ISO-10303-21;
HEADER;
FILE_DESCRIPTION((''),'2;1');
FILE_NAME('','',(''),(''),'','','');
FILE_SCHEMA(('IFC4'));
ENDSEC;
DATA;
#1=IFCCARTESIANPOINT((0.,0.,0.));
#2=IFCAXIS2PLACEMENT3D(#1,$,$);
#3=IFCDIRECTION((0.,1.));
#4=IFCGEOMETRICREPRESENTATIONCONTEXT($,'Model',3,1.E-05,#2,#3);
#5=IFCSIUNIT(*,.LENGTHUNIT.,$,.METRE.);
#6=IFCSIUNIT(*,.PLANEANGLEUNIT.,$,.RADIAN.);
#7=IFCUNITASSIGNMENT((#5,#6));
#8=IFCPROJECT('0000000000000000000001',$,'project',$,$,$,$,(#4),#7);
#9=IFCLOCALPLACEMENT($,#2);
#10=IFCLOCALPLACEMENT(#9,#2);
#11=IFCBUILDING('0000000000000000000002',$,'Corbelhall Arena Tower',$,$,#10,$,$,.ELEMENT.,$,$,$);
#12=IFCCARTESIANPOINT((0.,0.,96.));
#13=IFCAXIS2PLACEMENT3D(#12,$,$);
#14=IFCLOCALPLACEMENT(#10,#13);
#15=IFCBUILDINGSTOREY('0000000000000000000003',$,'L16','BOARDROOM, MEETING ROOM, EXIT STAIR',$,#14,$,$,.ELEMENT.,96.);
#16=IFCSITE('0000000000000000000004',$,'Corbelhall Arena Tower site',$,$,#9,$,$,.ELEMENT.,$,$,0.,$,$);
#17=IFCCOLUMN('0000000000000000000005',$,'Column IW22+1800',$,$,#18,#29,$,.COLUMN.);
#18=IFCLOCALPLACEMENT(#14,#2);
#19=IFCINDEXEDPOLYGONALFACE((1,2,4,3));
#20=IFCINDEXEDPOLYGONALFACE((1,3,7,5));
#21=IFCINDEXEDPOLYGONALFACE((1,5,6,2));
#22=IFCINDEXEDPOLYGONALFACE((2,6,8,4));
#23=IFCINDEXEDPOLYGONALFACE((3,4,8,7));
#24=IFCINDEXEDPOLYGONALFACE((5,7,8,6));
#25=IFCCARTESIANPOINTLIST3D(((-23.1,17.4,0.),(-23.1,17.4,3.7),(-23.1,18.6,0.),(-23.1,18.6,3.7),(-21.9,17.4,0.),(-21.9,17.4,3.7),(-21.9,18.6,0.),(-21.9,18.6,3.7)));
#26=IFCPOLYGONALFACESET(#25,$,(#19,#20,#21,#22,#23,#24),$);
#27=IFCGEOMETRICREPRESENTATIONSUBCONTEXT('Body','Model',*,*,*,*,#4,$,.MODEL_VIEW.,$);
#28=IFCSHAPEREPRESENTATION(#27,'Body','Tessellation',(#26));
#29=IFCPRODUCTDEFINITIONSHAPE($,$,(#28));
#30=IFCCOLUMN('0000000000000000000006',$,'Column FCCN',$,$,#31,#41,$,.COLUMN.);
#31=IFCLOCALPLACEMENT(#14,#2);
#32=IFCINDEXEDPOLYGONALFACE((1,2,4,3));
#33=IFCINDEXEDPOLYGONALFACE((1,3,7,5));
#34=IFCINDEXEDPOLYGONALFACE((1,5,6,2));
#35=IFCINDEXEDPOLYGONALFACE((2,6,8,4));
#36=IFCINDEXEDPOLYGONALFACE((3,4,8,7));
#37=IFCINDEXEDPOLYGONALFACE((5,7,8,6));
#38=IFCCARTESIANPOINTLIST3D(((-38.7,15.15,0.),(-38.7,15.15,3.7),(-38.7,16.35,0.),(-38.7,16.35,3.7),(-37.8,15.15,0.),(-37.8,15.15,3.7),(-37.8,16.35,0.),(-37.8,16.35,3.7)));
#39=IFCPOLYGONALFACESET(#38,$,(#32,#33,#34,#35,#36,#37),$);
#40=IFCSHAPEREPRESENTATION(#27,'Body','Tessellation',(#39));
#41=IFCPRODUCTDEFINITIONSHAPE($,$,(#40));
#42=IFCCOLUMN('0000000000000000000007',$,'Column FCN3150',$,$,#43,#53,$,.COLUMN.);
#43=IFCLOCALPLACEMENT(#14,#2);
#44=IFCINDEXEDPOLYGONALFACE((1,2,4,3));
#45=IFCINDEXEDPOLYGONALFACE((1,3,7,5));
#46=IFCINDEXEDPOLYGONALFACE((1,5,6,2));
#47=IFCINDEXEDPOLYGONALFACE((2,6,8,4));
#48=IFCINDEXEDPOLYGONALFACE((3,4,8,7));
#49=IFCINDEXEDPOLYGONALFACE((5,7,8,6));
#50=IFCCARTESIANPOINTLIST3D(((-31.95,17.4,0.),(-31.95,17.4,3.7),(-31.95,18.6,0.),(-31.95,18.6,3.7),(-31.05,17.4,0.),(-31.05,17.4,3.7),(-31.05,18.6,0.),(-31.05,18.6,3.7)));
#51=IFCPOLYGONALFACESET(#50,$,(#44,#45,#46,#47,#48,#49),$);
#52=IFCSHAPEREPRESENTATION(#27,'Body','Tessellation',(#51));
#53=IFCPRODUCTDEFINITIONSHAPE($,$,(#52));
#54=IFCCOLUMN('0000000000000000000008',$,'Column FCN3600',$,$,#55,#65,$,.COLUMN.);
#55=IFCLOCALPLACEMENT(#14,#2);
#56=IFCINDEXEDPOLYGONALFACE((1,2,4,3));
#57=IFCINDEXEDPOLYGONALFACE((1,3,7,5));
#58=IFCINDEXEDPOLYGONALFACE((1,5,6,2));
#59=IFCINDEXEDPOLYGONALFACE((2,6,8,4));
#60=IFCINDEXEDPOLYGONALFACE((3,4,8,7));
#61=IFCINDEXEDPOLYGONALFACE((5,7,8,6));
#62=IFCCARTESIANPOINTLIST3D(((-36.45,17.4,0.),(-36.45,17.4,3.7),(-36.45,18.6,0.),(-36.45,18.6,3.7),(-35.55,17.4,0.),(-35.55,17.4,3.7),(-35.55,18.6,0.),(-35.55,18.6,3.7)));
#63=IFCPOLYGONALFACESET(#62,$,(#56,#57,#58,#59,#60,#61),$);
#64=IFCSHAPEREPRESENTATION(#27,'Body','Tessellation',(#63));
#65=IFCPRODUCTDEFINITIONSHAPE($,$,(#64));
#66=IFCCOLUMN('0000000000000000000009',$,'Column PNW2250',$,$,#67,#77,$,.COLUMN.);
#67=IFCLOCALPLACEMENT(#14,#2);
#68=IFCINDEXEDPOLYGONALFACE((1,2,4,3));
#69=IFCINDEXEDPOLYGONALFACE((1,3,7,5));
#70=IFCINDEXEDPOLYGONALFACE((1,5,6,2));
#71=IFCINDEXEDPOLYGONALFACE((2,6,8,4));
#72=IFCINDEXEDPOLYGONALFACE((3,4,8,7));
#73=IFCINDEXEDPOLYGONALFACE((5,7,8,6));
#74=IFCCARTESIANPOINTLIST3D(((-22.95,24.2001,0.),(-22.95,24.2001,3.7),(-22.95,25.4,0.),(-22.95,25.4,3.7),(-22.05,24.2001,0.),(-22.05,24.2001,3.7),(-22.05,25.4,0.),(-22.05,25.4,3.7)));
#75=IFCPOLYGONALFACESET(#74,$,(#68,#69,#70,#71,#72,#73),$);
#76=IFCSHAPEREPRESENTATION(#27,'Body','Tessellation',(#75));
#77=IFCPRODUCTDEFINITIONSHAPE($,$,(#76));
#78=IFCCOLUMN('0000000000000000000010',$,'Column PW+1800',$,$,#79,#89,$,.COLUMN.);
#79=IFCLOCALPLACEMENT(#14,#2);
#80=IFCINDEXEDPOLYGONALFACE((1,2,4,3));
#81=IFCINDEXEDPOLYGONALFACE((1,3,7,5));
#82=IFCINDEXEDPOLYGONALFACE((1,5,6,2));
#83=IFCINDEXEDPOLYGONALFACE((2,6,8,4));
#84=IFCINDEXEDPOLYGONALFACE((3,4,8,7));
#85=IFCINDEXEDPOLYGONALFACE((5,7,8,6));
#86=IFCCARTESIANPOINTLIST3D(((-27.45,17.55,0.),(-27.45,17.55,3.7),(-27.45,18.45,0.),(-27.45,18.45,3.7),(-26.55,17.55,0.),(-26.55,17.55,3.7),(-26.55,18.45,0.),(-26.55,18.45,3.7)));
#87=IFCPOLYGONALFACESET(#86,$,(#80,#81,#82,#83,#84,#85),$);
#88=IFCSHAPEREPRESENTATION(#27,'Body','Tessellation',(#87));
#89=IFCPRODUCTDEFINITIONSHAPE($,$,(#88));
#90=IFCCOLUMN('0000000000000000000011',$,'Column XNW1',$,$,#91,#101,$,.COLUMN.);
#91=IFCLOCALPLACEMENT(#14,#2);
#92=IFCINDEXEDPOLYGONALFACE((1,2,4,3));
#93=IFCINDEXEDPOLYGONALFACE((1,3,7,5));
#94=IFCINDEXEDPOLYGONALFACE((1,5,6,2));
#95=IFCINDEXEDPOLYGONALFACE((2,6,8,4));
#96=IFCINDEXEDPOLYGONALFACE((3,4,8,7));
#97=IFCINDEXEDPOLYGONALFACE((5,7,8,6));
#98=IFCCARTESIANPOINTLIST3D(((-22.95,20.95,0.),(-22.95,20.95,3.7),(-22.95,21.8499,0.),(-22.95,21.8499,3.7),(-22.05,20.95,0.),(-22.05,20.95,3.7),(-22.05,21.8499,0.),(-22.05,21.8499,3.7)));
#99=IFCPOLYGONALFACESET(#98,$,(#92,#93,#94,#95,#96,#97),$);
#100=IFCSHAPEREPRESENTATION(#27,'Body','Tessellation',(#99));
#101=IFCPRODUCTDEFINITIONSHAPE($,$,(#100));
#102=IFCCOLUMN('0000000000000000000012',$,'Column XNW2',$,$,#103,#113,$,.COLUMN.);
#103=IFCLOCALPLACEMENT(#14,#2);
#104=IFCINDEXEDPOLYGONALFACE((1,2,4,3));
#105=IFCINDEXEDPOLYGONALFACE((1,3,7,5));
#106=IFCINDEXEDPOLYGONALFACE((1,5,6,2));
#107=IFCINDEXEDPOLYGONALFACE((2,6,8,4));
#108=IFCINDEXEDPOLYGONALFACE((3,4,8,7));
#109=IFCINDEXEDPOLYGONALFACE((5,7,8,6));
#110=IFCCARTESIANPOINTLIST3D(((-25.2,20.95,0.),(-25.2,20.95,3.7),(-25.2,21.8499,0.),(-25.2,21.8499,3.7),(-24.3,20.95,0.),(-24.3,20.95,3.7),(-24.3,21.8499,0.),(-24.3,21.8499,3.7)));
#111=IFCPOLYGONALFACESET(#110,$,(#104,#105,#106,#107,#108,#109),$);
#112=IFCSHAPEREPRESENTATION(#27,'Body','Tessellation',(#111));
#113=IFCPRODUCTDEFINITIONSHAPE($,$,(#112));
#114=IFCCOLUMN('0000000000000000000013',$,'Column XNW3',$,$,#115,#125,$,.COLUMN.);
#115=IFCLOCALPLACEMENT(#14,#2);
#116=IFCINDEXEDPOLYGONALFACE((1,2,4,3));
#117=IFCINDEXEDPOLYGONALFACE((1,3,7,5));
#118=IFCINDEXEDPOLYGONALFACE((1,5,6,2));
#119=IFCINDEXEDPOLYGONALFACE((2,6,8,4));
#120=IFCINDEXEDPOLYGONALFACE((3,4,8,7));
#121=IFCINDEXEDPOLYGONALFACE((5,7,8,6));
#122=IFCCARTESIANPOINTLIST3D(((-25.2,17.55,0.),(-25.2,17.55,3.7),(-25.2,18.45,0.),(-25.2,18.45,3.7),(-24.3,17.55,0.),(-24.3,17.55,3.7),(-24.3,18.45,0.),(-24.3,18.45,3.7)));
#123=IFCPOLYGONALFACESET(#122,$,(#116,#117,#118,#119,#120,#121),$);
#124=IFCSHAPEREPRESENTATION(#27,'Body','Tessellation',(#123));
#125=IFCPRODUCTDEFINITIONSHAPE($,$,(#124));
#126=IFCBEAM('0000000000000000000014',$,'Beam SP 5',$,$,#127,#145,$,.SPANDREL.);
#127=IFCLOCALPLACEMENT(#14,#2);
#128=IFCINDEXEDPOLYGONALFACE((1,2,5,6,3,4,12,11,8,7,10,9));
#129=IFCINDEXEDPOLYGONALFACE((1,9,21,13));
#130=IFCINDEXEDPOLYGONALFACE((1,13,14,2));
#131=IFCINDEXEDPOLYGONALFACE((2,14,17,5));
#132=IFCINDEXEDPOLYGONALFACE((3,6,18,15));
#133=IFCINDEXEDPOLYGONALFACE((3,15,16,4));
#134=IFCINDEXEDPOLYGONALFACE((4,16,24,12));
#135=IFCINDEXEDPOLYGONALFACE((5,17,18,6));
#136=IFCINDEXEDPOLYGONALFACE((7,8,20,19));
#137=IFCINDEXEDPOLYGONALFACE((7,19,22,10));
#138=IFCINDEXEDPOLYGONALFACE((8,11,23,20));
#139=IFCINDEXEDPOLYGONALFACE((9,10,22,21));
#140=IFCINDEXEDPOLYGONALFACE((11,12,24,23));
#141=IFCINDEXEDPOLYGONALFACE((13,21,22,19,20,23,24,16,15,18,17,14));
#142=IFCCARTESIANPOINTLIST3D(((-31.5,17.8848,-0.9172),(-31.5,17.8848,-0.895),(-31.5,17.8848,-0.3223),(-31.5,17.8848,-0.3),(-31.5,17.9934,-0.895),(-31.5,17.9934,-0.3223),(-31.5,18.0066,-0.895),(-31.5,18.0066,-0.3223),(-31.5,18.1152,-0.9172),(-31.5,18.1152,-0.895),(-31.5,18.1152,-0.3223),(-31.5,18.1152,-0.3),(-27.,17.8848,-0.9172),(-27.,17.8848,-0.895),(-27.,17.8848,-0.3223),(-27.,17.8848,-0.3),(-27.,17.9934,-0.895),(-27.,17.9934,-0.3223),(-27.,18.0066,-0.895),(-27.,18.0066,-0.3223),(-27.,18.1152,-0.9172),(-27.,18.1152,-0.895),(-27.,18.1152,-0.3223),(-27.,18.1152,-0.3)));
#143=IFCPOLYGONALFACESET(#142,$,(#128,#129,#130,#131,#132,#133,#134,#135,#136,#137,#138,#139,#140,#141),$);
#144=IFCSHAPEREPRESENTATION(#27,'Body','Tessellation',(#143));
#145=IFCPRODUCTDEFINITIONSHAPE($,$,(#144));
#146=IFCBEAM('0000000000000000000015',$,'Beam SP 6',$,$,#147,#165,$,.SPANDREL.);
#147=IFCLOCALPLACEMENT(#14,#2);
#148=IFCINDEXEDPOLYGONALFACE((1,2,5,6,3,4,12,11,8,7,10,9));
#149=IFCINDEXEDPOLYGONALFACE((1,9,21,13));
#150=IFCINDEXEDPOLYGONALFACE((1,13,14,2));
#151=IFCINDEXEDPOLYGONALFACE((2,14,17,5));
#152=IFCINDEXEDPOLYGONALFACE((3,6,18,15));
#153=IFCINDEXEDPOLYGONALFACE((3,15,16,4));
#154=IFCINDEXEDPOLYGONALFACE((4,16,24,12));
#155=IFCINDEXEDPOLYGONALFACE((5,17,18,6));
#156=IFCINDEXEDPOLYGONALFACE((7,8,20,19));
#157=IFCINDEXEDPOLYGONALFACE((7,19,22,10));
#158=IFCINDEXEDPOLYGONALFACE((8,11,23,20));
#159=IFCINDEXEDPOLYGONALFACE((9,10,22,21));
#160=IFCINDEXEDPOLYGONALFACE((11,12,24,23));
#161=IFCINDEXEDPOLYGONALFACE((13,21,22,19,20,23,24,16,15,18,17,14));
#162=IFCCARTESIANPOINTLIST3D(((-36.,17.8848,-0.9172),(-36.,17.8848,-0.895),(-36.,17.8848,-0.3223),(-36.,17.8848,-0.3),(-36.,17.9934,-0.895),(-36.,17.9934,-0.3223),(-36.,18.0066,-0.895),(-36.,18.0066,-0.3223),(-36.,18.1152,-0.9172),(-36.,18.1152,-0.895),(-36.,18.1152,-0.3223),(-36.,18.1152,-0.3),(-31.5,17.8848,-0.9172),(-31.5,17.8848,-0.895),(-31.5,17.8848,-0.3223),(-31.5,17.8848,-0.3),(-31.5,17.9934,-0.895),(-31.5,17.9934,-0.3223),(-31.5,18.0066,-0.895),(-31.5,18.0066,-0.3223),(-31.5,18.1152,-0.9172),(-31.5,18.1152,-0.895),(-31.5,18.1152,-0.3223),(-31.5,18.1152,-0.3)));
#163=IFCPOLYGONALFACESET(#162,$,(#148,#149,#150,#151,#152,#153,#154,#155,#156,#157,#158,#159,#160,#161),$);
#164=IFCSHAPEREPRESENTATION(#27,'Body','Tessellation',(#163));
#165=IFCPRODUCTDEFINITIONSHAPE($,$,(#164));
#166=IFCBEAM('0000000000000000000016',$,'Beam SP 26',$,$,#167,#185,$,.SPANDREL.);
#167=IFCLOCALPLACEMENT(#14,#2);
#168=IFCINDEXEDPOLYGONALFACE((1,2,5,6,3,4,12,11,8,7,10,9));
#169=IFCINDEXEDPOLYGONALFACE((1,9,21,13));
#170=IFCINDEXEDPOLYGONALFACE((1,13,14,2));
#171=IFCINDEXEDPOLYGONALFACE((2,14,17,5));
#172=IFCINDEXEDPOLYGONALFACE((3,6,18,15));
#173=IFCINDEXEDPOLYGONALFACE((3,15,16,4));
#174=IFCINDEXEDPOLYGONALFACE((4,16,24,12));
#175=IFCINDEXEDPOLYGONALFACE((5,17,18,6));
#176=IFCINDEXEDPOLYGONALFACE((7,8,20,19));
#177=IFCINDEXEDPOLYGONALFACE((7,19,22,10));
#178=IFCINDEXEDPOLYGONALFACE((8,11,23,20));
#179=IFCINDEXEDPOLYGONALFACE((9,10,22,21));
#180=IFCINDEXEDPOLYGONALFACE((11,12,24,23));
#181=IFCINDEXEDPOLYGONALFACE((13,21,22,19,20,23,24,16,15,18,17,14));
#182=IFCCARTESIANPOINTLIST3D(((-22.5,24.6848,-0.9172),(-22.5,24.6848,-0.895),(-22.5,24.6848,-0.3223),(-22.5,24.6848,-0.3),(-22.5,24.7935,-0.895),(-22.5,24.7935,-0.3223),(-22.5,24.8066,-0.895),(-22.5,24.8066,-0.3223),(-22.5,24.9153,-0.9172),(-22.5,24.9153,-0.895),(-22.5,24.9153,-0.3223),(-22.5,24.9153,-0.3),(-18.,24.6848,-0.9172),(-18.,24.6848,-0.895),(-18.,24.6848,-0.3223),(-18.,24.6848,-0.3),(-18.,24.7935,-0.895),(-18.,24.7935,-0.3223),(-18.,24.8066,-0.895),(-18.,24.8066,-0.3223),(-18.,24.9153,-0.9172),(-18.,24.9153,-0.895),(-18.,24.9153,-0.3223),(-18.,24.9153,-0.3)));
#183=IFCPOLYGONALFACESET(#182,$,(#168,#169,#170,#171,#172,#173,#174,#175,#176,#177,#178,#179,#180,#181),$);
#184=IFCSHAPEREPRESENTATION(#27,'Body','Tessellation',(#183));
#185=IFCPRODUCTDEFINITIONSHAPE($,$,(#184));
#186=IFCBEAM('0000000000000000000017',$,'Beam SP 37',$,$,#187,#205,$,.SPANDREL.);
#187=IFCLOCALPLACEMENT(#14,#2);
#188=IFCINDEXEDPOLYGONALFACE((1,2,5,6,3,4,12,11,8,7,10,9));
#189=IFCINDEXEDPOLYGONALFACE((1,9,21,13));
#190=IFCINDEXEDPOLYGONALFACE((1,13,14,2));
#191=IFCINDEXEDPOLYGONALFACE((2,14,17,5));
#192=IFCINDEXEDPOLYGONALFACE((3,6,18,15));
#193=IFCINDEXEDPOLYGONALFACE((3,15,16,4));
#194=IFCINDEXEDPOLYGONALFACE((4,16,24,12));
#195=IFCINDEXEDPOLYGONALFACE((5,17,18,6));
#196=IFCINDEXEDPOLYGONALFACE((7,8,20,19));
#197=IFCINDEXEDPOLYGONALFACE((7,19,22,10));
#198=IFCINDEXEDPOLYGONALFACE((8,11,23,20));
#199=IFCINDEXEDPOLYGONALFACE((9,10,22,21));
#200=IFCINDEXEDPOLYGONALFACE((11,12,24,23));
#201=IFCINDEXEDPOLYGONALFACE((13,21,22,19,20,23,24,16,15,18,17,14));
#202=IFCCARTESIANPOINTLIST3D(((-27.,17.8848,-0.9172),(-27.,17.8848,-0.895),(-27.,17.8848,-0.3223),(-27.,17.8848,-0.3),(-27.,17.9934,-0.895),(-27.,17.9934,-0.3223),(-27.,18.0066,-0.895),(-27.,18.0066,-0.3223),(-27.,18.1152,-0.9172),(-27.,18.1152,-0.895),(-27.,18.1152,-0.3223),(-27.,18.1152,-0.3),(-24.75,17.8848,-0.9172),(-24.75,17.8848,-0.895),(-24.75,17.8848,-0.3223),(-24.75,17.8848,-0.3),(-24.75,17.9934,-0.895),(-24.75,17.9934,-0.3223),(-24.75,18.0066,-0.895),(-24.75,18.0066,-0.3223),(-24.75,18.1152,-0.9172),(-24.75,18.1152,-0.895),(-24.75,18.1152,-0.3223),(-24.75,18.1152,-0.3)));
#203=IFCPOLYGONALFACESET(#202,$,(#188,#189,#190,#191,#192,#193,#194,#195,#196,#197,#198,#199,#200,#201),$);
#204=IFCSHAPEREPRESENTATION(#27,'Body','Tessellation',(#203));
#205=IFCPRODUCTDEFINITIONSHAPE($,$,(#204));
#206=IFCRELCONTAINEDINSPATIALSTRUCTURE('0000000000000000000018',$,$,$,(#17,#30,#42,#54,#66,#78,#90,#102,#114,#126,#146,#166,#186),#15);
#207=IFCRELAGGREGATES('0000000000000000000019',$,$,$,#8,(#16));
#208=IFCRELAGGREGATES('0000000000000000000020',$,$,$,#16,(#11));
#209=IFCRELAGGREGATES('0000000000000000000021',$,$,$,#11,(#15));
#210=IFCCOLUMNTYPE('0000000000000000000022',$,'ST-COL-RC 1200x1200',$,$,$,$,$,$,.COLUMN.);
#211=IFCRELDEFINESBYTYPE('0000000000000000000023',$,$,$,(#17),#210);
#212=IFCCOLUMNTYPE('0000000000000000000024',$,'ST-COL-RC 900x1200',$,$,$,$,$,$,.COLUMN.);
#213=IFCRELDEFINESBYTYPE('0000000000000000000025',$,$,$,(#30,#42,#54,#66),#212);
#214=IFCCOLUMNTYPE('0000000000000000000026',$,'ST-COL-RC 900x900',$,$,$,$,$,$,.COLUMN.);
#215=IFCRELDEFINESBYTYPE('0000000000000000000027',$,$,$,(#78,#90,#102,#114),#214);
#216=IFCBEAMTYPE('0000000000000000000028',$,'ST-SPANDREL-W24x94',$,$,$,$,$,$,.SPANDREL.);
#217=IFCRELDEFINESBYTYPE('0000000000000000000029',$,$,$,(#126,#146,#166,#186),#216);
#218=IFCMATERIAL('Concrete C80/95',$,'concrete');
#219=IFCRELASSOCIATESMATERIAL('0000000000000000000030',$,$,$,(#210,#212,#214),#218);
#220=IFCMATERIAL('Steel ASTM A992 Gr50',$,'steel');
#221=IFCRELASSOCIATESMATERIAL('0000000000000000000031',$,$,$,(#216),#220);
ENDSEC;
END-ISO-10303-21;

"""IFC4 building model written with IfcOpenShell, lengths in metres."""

from ifc_helpers import new_model, si_unit, direction, frame, origin, origin_2d, place, context, subcontext, project, spatial, rectangle, i_section, extrude, material, material_profile, profile_set, type_object, element, save


model = new_model("IFC4")

# Units and contexts
model_context = context("Model", 3, precision=1e-05, world=origin(), true_north=direction((0.0, 1.0)))
body_context = subcontext(model_context, "Body", "Model", "MODEL_VIEW")
ifc_project = project(units=[si_unit("LENGTHUNIT", "METRE"), si_unit("PLANEANGLEUNIT", "RADIAN")], contexts=[model_context])

# Site, building, storey
site_placement = place(None, origin())
site = spatial("IfcSite", under=ifc_project, at=site_placement, Name="Corbelhall Arena Tower site", CompositionType="ELEMENT", RefElevation=0.0)
building_placement = place(site_placement, origin())
building = spatial("IfcBuilding", under=site, at=building_placement, Name="Corbelhall Arena Tower", CompositionType="ELEMENT")
storey_placement = place(building_placement, frame((0.0, 0.0, 96.0)))
storey = spatial("IfcBuildingStorey", under=building, at=storey_placement, Name="L16", Description="BOARDROOM, MEETING ROOM, EXIT STAIR", CompositionType="ELEMENT", Elevation=96.0)

# Columns
ifc_material_1 = material(Name="Concrete C80/95", Category="concrete")
ifc_material_profile_1 = material_profile(ifc_material_1, rectangle(XDim=1.2, YDim=1.2, at=origin_2d()))
ifc_profile_set_1 = profile_set([ifc_material_profile_1], Name="Concrete C80/95")
column_type_1 = type_object("IfcColumnType", Name="ST-COL-RC 1200x1200", PredefinedType="COLUMN", material=ifc_profile_set_1)
column_placement = place(storey_placement, frame((-22.5, 18.0, 0.0), z_axis=(0.0, 0.0, 1.0), x_axis=(1.0, 0.0, 0.0)))
element("IfcColumn", 1, at=column_placement, inside=storey, type_object=column_type_1, Name="Column IW22+1800", PredefinedType="COLUMN", context=body_context, shape_type="SweptSolid", body=[
    extrude(rectangle(XDim=1.2, YDim=1.2, at=origin_2d()), origin(), (0.0, 0.0, 1.0), 3.7),
])
ifc_material_profile_2 = material_profile(ifc_material_1, rectangle(XDim=0.8999, YDim=1.2, at=origin_2d()))
ifc_profile_set_2 = profile_set([ifc_material_profile_2], Name="Concrete C80/95")
column_type_2 = type_object("IfcColumnType", Name="ST-COL-RC 900x1200", PredefinedType="COLUMN", material=ifc_profile_set_2)
for number, where, z_axis, x_axis, name in (
    (2, (-38.25, 15.75, 0.0), (0.0, 0.0, 1.0), (1.0, 0.0, 0.0), "Column FCCN"),
    (3, (-31.5, 18.0, 0.0), (0.0, 0.0, 1.0), (1.0, 0.0, 0.0), "Column FCN3150"),
    (4, (-36.0, 18.0, 0.0), (0.0, 0.0, 1.0), (1.0, 0.0, 0.0), "Column FCN3600"),
    (5, (-22.5, 24.8, 0.0), (0.0, 0.0, 1.0), (1.0, 0.0, 0.0), "Column PNW2250"),
):
    element("IfcColumn", number, at=place(storey_placement, frame(where, z_axis=z_axis, x_axis=x_axis)), inside=storey, type_object=column_type_2, Name=name, PredefinedType="COLUMN", context=body_context, shape_type="SweptSolid", body=[
        extrude(rectangle(XDim=0.8999, YDim=1.2, at=origin_2d()), origin(), (0.0, 0.0, 1.0), 3.7),
    ])
ifc_material_profile_3 = material_profile(ifc_material_1, rectangle(XDim=0.8999, YDim=0.8999, at=origin_2d()))
ifc_profile_set_3 = profile_set([ifc_material_profile_3], Name="Concrete C80/95")
column_type_3 = type_object("IfcColumnType", Name="ST-COL-RC 900x900", PredefinedType="COLUMN", material=ifc_profile_set_3)
for number, where, z_axis, x_axis, name in (
    (6, (-27.0, 18.0, 0.0), (0.0, 0.0, 1.0), (1.0, 0.0, 0.0), "Column PW+1800"),
    (7, (-22.5, 21.3999, 0.0), (0.0, 0.0, 1.0), (1.0, 0.0, 0.0), "Column XNW1"),
    (8, (-24.75, 21.3999, 0.0), (0.0, 0.0, 1.0), (1.0, 0.0, 0.0), "Column XNW2"),
    (9, (-24.75, 18.0, 0.0), (0.0, 0.0, 1.0), (1.0, 0.0, 0.0), "Column XNW3"),
):
    element("IfcColumn", number, at=place(storey_placement, frame(where, z_axis=z_axis, x_axis=x_axis)), inside=storey, type_object=column_type_3, Name=name, PredefinedType="COLUMN", context=body_context, shape_type="SweptSolid", body=[
        extrude(rectangle(XDim=0.8999, YDim=0.8999, at=origin_2d()), origin(), (0.0, 0.0, 1.0), 3.7),
    ])

# Beams
ifc_material_2 = material(Name="Steel ASTM A992 Gr50", Category="steel")
ifc_material_profile_4 = material_profile(ifc_material_2, i_section(OverallWidth=0.2305, OverallDepth=0.6172, WebThickness=0.0132, FlangeThickness=0.0222, at=origin_2d()))
ifc_profile_set_4 = profile_set([ifc_material_profile_4], Name="Steel ASTM A992 Gr50")
beam_type = type_object("IfcBeamType", Name="ST-SPANDREL-W24x94", PredefinedType="SPANDREL", material=ifc_profile_set_4)
for number, where, z_axis, x_axis, name in (
    (10, (-31.5, 18.0, -0.6086), (1.0, 0.0, 0.0), (0.0, 1.0, 0.0), "Beam SP 5"),
    (11, (-36.0, 18.0, -0.6086), (1.0, 0.0, 0.0), (0.0, 1.0, 0.0), "Beam SP 6"),
    (12, (-22.5, 24.8, -0.6086), (1.0, 0.0, 0.0), (0.0, 1.0, 0.0), "Beam SP 26"),
):
    element("IfcBeam", number, at=place(storey_placement, frame(where, z_axis=z_axis, x_axis=x_axis)), inside=storey, type_object=beam_type, Name=name, PredefinedType="SPANDREL", context=body_context, shape_type="SweptSolid", body=[
        extrude(i_section(OverallWidth=0.2305, OverallDepth=0.6172, WebThickness=0.0132, FlangeThickness=0.0222, at=origin_2d()), origin(), (0.0, 0.0, 1.0), 4.5),
    ])
beam_1_placement = place(storey_placement, frame((-27.0, 18.0, -0.6086), z_axis=(1.0, 0.0, 0.0), x_axis=(0.0, 1.0, 0.0)))
element("IfcBeam", 13, at=beam_1_placement, inside=storey, type_object=beam_type, Name="Beam SP 37", PredefinedType="SPANDREL", context=body_context, shape_type="SweptSolid", body=[
    extrude(i_section(OverallWidth=0.2305, OverallDepth=0.6172, WebThickness=0.0132, FlangeThickness=0.0222, at=origin_2d()), origin(), (0.0, 0.0, 1.0), 2.25),
])

save(model, "model.ifc")
